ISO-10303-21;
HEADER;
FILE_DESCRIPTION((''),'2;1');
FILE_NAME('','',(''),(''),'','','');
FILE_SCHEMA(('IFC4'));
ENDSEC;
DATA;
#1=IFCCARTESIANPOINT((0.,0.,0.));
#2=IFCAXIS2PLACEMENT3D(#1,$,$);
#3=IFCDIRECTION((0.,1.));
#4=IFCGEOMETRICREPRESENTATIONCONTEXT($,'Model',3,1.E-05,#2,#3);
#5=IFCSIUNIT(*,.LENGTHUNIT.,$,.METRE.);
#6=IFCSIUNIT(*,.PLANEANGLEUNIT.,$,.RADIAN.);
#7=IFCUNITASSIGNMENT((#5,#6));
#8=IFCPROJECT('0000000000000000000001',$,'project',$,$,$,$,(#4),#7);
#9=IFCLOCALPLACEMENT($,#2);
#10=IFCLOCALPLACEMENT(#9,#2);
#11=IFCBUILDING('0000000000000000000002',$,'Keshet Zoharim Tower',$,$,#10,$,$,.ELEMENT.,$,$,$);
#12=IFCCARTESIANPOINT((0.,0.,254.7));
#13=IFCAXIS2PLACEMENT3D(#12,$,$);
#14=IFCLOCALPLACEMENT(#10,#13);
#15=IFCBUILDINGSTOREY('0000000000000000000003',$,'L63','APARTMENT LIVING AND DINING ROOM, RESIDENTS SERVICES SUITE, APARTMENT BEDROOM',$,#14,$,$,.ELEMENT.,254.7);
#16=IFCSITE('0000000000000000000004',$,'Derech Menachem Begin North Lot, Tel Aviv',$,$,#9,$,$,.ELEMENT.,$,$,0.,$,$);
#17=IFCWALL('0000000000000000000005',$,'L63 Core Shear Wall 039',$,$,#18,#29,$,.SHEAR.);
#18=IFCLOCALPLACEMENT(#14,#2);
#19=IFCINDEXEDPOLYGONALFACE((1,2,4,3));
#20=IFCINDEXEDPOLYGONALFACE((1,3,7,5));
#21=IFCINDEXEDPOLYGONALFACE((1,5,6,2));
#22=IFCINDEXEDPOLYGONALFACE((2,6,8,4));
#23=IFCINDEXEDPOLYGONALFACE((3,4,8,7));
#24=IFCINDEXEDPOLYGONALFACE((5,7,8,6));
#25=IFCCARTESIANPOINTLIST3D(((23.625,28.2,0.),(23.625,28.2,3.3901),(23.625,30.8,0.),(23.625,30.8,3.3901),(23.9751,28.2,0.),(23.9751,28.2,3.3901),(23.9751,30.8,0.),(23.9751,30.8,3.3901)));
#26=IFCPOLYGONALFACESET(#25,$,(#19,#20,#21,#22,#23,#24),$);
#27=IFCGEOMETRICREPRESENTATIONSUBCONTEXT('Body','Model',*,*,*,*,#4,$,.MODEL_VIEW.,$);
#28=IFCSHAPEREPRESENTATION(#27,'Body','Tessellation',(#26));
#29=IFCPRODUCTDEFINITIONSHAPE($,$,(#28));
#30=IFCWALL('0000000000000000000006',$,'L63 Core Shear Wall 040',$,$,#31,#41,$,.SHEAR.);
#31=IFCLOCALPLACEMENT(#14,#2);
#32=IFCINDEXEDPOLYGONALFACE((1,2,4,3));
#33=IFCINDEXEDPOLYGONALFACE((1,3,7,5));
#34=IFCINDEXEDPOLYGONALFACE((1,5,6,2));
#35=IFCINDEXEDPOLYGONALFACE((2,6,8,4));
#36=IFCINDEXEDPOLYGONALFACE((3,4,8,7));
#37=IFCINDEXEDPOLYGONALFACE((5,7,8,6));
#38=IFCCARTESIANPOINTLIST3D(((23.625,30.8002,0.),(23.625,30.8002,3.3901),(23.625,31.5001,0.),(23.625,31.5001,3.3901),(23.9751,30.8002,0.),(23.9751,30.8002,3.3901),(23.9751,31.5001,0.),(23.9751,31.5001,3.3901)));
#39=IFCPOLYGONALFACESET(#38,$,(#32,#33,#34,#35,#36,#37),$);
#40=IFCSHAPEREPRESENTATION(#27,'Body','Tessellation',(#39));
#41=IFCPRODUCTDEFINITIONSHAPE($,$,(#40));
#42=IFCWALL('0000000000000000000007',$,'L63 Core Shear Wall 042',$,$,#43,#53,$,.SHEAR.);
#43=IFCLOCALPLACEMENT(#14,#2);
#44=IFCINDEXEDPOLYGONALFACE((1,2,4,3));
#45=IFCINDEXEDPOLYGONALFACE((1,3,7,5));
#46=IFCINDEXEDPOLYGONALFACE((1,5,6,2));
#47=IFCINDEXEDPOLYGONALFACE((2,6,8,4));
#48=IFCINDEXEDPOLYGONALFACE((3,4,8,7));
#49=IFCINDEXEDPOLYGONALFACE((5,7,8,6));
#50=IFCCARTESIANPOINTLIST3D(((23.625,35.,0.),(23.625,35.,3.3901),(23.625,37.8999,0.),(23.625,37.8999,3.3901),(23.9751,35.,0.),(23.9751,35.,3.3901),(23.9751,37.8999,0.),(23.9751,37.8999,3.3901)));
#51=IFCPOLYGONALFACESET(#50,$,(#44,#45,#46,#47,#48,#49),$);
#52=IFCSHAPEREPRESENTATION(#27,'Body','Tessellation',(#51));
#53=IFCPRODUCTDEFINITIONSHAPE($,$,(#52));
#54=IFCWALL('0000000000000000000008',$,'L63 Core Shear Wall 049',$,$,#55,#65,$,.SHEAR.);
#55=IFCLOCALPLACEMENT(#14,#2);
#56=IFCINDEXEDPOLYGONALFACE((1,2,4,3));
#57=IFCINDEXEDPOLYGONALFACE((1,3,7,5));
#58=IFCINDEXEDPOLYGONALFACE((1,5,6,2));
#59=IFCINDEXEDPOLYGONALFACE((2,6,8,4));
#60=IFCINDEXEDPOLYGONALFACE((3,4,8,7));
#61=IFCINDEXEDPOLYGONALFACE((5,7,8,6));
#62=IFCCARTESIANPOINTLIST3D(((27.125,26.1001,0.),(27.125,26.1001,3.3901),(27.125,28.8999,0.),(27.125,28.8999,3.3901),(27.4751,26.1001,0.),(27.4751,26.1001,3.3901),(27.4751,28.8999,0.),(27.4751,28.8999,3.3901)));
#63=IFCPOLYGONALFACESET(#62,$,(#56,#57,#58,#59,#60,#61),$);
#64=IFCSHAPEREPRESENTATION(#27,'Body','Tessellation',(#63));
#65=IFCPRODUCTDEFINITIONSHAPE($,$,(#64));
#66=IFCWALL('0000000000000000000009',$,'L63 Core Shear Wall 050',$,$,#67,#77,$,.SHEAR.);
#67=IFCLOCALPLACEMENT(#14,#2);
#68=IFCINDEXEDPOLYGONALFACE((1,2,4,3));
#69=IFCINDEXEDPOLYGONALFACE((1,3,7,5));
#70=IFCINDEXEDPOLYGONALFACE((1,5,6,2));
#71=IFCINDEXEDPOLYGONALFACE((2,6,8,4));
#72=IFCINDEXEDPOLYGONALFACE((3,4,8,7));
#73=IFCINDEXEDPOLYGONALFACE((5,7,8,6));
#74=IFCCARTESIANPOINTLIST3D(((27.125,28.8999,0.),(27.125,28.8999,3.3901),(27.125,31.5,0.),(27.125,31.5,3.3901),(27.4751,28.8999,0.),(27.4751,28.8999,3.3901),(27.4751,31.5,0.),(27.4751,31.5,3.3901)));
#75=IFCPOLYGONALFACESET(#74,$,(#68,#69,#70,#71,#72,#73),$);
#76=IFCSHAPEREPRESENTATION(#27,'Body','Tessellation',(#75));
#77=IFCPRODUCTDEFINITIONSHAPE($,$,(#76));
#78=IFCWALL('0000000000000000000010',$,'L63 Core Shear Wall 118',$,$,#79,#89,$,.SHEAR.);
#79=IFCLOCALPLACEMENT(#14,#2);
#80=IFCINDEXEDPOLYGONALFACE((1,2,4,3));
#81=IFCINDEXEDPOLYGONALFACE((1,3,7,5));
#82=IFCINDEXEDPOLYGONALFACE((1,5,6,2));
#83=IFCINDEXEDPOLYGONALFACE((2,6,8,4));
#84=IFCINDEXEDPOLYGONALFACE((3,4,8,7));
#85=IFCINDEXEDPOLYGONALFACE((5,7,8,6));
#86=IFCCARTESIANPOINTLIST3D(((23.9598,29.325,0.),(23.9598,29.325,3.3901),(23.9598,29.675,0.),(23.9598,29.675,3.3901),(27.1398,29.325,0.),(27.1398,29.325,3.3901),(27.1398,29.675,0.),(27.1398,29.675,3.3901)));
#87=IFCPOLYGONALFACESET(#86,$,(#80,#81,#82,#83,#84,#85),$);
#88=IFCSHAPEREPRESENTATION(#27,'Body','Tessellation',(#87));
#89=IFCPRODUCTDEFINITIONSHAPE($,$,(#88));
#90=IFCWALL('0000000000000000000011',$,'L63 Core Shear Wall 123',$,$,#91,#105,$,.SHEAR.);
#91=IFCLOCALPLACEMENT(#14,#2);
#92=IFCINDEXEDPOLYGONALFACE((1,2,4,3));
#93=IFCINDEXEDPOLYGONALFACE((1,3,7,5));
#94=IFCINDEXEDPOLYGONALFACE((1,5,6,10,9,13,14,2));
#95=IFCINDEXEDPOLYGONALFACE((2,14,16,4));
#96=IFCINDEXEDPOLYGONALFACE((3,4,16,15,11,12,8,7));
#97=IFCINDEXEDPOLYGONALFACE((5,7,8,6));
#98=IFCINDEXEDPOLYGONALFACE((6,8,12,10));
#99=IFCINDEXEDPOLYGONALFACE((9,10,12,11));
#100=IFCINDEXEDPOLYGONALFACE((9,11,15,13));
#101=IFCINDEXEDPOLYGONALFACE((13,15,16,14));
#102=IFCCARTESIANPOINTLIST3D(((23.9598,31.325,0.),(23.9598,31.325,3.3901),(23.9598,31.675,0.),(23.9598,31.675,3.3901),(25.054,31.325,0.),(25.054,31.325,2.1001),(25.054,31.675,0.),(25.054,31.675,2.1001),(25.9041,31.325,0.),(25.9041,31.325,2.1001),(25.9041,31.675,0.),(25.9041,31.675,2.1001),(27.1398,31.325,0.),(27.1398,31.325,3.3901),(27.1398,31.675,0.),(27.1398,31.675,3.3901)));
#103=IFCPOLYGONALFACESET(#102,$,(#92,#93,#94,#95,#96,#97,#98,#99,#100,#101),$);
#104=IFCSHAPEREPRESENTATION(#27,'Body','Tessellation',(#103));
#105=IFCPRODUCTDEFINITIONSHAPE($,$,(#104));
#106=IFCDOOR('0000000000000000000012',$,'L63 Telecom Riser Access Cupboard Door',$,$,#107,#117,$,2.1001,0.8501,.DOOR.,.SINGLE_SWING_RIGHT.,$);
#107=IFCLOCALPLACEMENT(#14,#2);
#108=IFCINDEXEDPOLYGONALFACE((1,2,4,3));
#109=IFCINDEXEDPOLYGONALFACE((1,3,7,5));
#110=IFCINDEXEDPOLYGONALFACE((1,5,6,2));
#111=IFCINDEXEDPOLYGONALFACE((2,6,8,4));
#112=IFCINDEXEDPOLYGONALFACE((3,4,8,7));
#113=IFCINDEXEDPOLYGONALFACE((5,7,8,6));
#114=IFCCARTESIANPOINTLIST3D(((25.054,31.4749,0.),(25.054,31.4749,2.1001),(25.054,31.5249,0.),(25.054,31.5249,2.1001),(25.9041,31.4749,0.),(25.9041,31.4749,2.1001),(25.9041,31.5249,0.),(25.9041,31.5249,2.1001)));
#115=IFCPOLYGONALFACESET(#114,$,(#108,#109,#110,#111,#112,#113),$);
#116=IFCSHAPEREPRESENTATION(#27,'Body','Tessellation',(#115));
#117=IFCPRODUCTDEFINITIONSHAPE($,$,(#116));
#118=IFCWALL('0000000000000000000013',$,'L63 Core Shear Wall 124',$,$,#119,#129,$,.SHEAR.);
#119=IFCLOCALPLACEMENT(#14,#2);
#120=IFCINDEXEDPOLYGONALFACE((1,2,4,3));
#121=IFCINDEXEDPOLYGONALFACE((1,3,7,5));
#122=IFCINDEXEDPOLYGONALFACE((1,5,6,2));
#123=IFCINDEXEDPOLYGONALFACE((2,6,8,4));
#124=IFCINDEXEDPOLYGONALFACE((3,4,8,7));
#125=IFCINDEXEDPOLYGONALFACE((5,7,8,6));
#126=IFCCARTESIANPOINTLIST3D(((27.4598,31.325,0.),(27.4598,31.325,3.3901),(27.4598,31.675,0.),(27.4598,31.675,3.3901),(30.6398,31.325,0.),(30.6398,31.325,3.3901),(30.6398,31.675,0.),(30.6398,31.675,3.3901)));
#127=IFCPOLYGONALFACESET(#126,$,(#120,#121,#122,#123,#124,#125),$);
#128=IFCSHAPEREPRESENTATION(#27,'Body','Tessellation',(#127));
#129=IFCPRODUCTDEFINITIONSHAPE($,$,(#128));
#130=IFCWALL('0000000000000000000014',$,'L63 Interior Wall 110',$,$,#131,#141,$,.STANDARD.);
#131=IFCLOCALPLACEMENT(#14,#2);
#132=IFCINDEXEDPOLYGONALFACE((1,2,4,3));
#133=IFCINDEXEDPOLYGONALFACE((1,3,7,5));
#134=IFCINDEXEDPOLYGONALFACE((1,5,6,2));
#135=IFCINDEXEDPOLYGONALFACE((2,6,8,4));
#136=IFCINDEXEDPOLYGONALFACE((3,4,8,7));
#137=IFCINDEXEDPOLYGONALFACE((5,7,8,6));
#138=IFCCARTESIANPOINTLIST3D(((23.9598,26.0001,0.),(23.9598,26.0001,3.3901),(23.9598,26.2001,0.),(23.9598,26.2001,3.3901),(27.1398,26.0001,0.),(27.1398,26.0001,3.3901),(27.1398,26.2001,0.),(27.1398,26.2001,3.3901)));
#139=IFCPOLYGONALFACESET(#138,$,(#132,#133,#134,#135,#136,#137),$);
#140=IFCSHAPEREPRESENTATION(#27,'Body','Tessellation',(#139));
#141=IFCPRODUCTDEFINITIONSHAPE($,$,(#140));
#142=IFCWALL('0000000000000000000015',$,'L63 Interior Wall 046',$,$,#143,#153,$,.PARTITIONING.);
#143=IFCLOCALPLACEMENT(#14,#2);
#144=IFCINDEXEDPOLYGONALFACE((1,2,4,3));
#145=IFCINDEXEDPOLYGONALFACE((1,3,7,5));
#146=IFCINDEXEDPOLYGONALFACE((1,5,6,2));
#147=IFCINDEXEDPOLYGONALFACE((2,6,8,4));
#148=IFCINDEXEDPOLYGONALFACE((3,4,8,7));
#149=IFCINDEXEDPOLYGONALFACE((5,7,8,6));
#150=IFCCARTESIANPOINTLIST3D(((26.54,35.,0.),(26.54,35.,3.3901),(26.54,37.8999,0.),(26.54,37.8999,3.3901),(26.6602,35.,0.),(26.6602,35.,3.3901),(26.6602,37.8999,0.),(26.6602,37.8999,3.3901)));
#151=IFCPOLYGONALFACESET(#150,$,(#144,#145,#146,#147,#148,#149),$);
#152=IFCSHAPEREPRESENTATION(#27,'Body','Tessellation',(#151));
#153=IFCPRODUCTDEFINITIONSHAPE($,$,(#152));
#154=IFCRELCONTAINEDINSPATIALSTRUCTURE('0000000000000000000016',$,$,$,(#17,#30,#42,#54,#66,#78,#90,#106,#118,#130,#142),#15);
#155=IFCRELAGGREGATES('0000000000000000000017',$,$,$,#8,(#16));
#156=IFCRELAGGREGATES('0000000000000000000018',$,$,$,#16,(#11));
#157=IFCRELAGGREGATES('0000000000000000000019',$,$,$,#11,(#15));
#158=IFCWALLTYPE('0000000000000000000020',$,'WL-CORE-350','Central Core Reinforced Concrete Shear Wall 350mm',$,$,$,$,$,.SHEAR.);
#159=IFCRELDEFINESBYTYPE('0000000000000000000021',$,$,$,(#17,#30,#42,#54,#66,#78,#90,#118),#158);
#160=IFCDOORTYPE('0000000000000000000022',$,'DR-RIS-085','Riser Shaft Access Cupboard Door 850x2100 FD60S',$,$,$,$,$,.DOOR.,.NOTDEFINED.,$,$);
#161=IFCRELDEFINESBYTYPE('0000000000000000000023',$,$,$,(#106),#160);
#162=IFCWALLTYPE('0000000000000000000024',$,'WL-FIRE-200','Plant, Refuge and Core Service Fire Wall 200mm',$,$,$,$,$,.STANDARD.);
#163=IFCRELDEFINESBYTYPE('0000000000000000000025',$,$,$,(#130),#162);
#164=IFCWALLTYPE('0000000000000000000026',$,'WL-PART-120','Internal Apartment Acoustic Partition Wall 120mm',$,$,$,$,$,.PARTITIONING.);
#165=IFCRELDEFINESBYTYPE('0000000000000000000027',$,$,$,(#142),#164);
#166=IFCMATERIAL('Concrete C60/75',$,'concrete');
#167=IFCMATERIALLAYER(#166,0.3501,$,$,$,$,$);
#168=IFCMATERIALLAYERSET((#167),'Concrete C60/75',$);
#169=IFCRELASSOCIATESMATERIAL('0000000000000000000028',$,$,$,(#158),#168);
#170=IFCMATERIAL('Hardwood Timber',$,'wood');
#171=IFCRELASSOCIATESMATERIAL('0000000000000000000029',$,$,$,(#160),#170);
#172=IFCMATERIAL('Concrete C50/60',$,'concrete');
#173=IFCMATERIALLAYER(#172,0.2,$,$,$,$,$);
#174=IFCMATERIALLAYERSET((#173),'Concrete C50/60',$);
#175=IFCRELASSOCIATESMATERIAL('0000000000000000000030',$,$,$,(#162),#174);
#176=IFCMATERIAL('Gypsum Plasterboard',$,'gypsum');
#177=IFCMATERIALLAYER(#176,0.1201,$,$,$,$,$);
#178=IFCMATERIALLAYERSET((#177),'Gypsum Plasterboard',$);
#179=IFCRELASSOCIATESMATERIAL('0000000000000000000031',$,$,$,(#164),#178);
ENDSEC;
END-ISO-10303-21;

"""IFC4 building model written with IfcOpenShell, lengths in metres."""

from ifc_helpers import new_model, si_unit, direction, frame, frame_2d, origin, place, context, subcontext, project, spatial, rectangle, extrude, material, layer, layer_set, type_object, element, fill, save


model = new_model("IFC4")

# Units and contexts
model_context = context("Model", 3, precision=1e-05, world=origin(), true_north=direction((0.0, 1.0)))
body_context = subcontext(model_context, "Body", "Model", "MODEL_VIEW")
ifc_project = project(units=[si_unit("LENGTHUNIT", "METRE"), si_unit("PLANEANGLEUNIT", "RADIAN")], contexts=[model_context])

# Site, building, storey
site_placement = place(None, origin())
site = spatial("IfcSite", under=ifc_project, at=site_placement, Name="Derech Menachem Begin North Lot, Tel Aviv", CompositionType="ELEMENT", RefElevation=0.0)
building_placement = place(site_placement, origin())
building = spatial("IfcBuilding", under=site, at=building_placement, Name="Keshet Zoharim Tower", CompositionType="ELEMENT")
storey_placement = place(building_placement, frame((0.0, 0.0, 254.7)))
storey = spatial("IfcBuildingStorey", under=building, at=storey_placement, Name="L63", Description="APARTMENT LIVING AND DINING ROOM, RESIDENTS SERVICES SUITE, APARTMENT BEDROOM", CompositionType="ELEMENT", Elevation=254.7)

# Shared definitions
ifc_material_1 = material(Name="Gypsum Plasterboard", Category="gypsum")

# Shared definitions
ifc_material_2 = material(Name="Concrete C60/75", Category="concrete")
ifc_layer_1 = layer(ifc_material_2, 0.3501)
ifc_layer_set_1 = layer_set([ifc_layer_1], Name="Concrete C60/75")
wall_type_1 = type_object("IfcWallType", Name="WL-CORE-350", Description="Central Core Reinforced Concrete Shear Wall 350mm", PredefinedType="SHEAR", material=ifc_layer_set_1)
ifc_material_3 = material(Name="Hardwood Timber", Category="wood")

# Walls
wall_1_placement = place(storey_placement, frame((23.8, 28.2, 0.0), z_axis=(0.0, 0.0, 1.0), x_axis=(0.0, 1.0, 0.0)))
element("IfcWall", 1, at=wall_1_placement, inside=storey, type_object=wall_type_1, Name="L63 Core Shear Wall 039", PredefinedType="SHEAR", context=body_context, shape_type="SweptSolid", body=[
    extrude(rectangle(XDim=2.6001, YDim=0.3501, at=frame_2d((1.3, 0.0))), origin(), (0.0, 0.0, 1.0), 3.3901),
])
wall_2_placement = place(storey_placement, frame((23.8, 30.8, 0.0), z_axis=(0.0, 0.0, 1.0), x_axis=(0.0, 1.0, 0.0)))
element("IfcWall", 2, at=wall_2_placement, inside=storey, type_object=wall_type_1, Name="L63 Core Shear Wall 040", PredefinedType="SHEAR", context=body_context, shape_type="SweptSolid", body=[
    extrude(rectangle(XDim=0.7, YDim=0.3501, at=frame_2d((0.3501, 0.0))), origin(), (0.0, 0.0, 1.0), 3.3901),
])

# Walls
wall_3_placement = place(storey_placement, frame((23.8, 35.0, 0.0), z_axis=(0.0, 0.0, 1.0), x_axis=(0.0, 1.0, 0.0)))
element("IfcWall", 3, at=wall_3_placement, inside=storey, type_object=wall_type_1, Name="L63 Core Shear Wall 042", PredefinedType="SHEAR", context=body_context, shape_type="SweptSolid", body=[
    extrude(rectangle(XDim=2.8999, YDim=0.3501, at=frame_2d((1.45, 0.0))), origin(), (0.0, 0.0, 1.0), 3.3901),
])
wall_4_placement = place(storey_placement, frame((27.3, 26.1001, 0.0), z_axis=(0.0, 0.0, 1.0), x_axis=(0.0, 1.0, 0.0)))
element("IfcWall", 4, at=wall_4_placement, inside=storey, type_object=wall_type_1, Name="L63 Core Shear Wall 049", PredefinedType="SHEAR", context=body_context, shape_type="SweptSolid", body=[
    extrude(rectangle(XDim=2.7998, YDim=0.3501, at=frame_2d((1.3999, 0.0))), origin(), (0.0, 0.0, 1.0), 3.3901),
])
wall_5_placement = place(storey_placement, frame((27.3, 28.8999, 0.0), z_axis=(0.0, 0.0, 1.0), x_axis=(0.0, 1.0, 0.0)))
element("IfcWall", 5, at=wall_5_placement, inside=storey, type_object=wall_type_1, Name="L63 Core Shear Wall 050", PredefinedType="SHEAR", context=body_context, shape_type="SweptSolid", body=[
    extrude(rectangle(XDim=2.6001, YDim=0.3501, at=frame_2d((1.3, 0.0))), origin(), (0.0, 0.0, 1.0), 3.3901),
])

# Wall
wall_6_placement = place(storey_placement, frame((23.96, 29.5, 0.0), z_axis=(0.0, 0.0, 1.0), x_axis=(1.0, 0.0, 0.0)))
element("IfcWall", 6, at=wall_6_placement, inside=storey, type_object=wall_type_1, Name="L63 Core Shear Wall 118", PredefinedType="SHEAR", context=body_context, shape_type="SweptSolid", body=[
    extrude(rectangle(XDim=3.1799, YDim=0.3501, at=frame_2d((1.5898, 0.0))), origin(), (0.0, 0.0, 1.0), 3.3901),
])

# Wall, opening, door
wall_7_placement = place(storey_placement, frame((23.96, 31.5, 0.0), z_axis=(0.0, 0.0, 1.0), x_axis=(1.0, 0.0, 0.0)))
wall_7 = element("IfcWall", 7, at=wall_7_placement, inside=storey, type_object=wall_type_1, Name="L63 Core Shear Wall 123", PredefinedType="SHEAR", context=body_context, shape_type="SweptSolid", body=[
    extrude(rectangle(XDim=3.1799, YDim=0.3501, at=frame_2d((1.5898, 0.0))), origin(), (0.0, 0.0, 1.0), 3.3901),
])
opening_1_placement = place(wall_7_placement, frame((1.094, 0.0, 0.0)))
opening_1 = element("IfcOpeningElement", 8, at=opening_1_placement, cuts=wall_7, PredefinedType="OPENING", context=body_context, shape_type="SweptSolid", body=[
    extrude(rectangle(XDim=0.8501, YDim=2.1001, at=frame_2d((0.425, 1.05))), frame((0.0, 0.1851, 0.0), z_axis=(0.0, -1.0, 0.0), x_axis=(1.0, 0.0, 0.0)), (0.0, 0.0, 1.0), 0.3701),
])
door_type_1 = type_object("IfcDoorType", Name="DR-RIS-085", Description="Riser Shaft Access Cupboard Door 850x2100 FD60S", OperationType="NOTDEFINED", PredefinedType="DOOR", material=ifc_material_3)
door_1_placement = place(opening_1_placement, origin())
door_1 = element("IfcDoor", 9, at=door_1_placement, inside=storey, type_object=door_type_1, Name="L63 Telecom Riser Access Cupboard Door", OperationType="SINGLE_SWING_RIGHT", OverallHeight=2.1001, OverallWidth=0.8501, PredefinedType="DOOR", context=body_context, shape_type="SweptSolid", body=[
    extrude(rectangle(XDim=0.8501, YDim=2.1001, at=frame_2d((0.425, 1.05))), frame((0.0, 0.0249, 0.0), z_axis=(0.0, -1.0, 0.0), x_axis=(1.0, 0.0, 0.0)), (0.0, 0.0, 1.0), 0.05),
])
fill(opening_1, door_1)

# Wall
wall_8_placement = place(storey_placement, frame((27.46, 31.5, 0.0), z_axis=(0.0, 0.0, 1.0), x_axis=(1.0, 0.0, 0.0)))
element("IfcWall", 10, at=wall_8_placement, inside=storey, type_object=wall_type_1, Name="L63 Core Shear Wall 124", PredefinedType="SHEAR", context=body_context, shape_type="SweptSolid", body=[
    extrude(rectangle(XDim=3.1799, YDim=0.3501, at=frame_2d((1.5898, 0.0))), origin(), (0.0, 0.0, 1.0), 3.3901),
])

# Walls
ifc_material_4 = material(Name="Concrete C50/60", Category="concrete")
ifc_layer_2 = layer(ifc_material_4, 0.2)
ifc_layer_set_2 = layer_set([ifc_layer_2], Name="Concrete C50/60")
wall_type_2 = type_object("IfcWallType", Name="WL-FIRE-200", Description="Plant, Refuge and Core Service Fire Wall 200mm", PredefinedType="STANDARD", material=ifc_layer_set_2)
wall_9_placement = place(storey_placement, frame((23.96, 26.1001, 0.0), z_axis=(0.0, 0.0, 1.0), x_axis=(1.0, 0.0, 0.0)))
element("IfcWall", 11, at=wall_9_placement, inside=storey, type_object=wall_type_2, Name="L63 Interior Wall 110", PredefinedType="STANDARD", context=body_context, shape_type="SweptSolid", body=[
    extrude(rectangle(XDim=3.1799, YDim=0.2, at=frame_2d((1.5898, 0.0))), origin(), (0.0, 0.0, 1.0), 3.3901),
])
ifc_layer_3 = layer(ifc_material_1, 0.1201)
ifc_layer_set_3 = layer_set([ifc_layer_3], Name="Gypsum Plasterboard")
wall_type_3 = type_object("IfcWallType", Name="WL-PART-120", Description="Internal Apartment Acoustic Partition Wall 120mm", PredefinedType="PARTITIONING", material=ifc_layer_set_3)
wall_10_placement = place(storey_placement, frame((26.6001, 35.0, 0.0), z_axis=(0.0, 0.0, 1.0), x_axis=(0.0, 1.0, 0.0)))
element("IfcWall", 12, at=wall_10_placement, inside=storey, type_object=wall_type_3, Name="L63 Interior Wall 046", PredefinedType="PARTITIONING", context=body_context, shape_type="SweptSolid", body=[
    extrude(rectangle(XDim=2.8999, YDim=0.1201, at=frame_2d((1.45, 0.0))), origin(), (0.0, 0.0, 1.0), 3.3901),
])

save(model, "model.ifc")
